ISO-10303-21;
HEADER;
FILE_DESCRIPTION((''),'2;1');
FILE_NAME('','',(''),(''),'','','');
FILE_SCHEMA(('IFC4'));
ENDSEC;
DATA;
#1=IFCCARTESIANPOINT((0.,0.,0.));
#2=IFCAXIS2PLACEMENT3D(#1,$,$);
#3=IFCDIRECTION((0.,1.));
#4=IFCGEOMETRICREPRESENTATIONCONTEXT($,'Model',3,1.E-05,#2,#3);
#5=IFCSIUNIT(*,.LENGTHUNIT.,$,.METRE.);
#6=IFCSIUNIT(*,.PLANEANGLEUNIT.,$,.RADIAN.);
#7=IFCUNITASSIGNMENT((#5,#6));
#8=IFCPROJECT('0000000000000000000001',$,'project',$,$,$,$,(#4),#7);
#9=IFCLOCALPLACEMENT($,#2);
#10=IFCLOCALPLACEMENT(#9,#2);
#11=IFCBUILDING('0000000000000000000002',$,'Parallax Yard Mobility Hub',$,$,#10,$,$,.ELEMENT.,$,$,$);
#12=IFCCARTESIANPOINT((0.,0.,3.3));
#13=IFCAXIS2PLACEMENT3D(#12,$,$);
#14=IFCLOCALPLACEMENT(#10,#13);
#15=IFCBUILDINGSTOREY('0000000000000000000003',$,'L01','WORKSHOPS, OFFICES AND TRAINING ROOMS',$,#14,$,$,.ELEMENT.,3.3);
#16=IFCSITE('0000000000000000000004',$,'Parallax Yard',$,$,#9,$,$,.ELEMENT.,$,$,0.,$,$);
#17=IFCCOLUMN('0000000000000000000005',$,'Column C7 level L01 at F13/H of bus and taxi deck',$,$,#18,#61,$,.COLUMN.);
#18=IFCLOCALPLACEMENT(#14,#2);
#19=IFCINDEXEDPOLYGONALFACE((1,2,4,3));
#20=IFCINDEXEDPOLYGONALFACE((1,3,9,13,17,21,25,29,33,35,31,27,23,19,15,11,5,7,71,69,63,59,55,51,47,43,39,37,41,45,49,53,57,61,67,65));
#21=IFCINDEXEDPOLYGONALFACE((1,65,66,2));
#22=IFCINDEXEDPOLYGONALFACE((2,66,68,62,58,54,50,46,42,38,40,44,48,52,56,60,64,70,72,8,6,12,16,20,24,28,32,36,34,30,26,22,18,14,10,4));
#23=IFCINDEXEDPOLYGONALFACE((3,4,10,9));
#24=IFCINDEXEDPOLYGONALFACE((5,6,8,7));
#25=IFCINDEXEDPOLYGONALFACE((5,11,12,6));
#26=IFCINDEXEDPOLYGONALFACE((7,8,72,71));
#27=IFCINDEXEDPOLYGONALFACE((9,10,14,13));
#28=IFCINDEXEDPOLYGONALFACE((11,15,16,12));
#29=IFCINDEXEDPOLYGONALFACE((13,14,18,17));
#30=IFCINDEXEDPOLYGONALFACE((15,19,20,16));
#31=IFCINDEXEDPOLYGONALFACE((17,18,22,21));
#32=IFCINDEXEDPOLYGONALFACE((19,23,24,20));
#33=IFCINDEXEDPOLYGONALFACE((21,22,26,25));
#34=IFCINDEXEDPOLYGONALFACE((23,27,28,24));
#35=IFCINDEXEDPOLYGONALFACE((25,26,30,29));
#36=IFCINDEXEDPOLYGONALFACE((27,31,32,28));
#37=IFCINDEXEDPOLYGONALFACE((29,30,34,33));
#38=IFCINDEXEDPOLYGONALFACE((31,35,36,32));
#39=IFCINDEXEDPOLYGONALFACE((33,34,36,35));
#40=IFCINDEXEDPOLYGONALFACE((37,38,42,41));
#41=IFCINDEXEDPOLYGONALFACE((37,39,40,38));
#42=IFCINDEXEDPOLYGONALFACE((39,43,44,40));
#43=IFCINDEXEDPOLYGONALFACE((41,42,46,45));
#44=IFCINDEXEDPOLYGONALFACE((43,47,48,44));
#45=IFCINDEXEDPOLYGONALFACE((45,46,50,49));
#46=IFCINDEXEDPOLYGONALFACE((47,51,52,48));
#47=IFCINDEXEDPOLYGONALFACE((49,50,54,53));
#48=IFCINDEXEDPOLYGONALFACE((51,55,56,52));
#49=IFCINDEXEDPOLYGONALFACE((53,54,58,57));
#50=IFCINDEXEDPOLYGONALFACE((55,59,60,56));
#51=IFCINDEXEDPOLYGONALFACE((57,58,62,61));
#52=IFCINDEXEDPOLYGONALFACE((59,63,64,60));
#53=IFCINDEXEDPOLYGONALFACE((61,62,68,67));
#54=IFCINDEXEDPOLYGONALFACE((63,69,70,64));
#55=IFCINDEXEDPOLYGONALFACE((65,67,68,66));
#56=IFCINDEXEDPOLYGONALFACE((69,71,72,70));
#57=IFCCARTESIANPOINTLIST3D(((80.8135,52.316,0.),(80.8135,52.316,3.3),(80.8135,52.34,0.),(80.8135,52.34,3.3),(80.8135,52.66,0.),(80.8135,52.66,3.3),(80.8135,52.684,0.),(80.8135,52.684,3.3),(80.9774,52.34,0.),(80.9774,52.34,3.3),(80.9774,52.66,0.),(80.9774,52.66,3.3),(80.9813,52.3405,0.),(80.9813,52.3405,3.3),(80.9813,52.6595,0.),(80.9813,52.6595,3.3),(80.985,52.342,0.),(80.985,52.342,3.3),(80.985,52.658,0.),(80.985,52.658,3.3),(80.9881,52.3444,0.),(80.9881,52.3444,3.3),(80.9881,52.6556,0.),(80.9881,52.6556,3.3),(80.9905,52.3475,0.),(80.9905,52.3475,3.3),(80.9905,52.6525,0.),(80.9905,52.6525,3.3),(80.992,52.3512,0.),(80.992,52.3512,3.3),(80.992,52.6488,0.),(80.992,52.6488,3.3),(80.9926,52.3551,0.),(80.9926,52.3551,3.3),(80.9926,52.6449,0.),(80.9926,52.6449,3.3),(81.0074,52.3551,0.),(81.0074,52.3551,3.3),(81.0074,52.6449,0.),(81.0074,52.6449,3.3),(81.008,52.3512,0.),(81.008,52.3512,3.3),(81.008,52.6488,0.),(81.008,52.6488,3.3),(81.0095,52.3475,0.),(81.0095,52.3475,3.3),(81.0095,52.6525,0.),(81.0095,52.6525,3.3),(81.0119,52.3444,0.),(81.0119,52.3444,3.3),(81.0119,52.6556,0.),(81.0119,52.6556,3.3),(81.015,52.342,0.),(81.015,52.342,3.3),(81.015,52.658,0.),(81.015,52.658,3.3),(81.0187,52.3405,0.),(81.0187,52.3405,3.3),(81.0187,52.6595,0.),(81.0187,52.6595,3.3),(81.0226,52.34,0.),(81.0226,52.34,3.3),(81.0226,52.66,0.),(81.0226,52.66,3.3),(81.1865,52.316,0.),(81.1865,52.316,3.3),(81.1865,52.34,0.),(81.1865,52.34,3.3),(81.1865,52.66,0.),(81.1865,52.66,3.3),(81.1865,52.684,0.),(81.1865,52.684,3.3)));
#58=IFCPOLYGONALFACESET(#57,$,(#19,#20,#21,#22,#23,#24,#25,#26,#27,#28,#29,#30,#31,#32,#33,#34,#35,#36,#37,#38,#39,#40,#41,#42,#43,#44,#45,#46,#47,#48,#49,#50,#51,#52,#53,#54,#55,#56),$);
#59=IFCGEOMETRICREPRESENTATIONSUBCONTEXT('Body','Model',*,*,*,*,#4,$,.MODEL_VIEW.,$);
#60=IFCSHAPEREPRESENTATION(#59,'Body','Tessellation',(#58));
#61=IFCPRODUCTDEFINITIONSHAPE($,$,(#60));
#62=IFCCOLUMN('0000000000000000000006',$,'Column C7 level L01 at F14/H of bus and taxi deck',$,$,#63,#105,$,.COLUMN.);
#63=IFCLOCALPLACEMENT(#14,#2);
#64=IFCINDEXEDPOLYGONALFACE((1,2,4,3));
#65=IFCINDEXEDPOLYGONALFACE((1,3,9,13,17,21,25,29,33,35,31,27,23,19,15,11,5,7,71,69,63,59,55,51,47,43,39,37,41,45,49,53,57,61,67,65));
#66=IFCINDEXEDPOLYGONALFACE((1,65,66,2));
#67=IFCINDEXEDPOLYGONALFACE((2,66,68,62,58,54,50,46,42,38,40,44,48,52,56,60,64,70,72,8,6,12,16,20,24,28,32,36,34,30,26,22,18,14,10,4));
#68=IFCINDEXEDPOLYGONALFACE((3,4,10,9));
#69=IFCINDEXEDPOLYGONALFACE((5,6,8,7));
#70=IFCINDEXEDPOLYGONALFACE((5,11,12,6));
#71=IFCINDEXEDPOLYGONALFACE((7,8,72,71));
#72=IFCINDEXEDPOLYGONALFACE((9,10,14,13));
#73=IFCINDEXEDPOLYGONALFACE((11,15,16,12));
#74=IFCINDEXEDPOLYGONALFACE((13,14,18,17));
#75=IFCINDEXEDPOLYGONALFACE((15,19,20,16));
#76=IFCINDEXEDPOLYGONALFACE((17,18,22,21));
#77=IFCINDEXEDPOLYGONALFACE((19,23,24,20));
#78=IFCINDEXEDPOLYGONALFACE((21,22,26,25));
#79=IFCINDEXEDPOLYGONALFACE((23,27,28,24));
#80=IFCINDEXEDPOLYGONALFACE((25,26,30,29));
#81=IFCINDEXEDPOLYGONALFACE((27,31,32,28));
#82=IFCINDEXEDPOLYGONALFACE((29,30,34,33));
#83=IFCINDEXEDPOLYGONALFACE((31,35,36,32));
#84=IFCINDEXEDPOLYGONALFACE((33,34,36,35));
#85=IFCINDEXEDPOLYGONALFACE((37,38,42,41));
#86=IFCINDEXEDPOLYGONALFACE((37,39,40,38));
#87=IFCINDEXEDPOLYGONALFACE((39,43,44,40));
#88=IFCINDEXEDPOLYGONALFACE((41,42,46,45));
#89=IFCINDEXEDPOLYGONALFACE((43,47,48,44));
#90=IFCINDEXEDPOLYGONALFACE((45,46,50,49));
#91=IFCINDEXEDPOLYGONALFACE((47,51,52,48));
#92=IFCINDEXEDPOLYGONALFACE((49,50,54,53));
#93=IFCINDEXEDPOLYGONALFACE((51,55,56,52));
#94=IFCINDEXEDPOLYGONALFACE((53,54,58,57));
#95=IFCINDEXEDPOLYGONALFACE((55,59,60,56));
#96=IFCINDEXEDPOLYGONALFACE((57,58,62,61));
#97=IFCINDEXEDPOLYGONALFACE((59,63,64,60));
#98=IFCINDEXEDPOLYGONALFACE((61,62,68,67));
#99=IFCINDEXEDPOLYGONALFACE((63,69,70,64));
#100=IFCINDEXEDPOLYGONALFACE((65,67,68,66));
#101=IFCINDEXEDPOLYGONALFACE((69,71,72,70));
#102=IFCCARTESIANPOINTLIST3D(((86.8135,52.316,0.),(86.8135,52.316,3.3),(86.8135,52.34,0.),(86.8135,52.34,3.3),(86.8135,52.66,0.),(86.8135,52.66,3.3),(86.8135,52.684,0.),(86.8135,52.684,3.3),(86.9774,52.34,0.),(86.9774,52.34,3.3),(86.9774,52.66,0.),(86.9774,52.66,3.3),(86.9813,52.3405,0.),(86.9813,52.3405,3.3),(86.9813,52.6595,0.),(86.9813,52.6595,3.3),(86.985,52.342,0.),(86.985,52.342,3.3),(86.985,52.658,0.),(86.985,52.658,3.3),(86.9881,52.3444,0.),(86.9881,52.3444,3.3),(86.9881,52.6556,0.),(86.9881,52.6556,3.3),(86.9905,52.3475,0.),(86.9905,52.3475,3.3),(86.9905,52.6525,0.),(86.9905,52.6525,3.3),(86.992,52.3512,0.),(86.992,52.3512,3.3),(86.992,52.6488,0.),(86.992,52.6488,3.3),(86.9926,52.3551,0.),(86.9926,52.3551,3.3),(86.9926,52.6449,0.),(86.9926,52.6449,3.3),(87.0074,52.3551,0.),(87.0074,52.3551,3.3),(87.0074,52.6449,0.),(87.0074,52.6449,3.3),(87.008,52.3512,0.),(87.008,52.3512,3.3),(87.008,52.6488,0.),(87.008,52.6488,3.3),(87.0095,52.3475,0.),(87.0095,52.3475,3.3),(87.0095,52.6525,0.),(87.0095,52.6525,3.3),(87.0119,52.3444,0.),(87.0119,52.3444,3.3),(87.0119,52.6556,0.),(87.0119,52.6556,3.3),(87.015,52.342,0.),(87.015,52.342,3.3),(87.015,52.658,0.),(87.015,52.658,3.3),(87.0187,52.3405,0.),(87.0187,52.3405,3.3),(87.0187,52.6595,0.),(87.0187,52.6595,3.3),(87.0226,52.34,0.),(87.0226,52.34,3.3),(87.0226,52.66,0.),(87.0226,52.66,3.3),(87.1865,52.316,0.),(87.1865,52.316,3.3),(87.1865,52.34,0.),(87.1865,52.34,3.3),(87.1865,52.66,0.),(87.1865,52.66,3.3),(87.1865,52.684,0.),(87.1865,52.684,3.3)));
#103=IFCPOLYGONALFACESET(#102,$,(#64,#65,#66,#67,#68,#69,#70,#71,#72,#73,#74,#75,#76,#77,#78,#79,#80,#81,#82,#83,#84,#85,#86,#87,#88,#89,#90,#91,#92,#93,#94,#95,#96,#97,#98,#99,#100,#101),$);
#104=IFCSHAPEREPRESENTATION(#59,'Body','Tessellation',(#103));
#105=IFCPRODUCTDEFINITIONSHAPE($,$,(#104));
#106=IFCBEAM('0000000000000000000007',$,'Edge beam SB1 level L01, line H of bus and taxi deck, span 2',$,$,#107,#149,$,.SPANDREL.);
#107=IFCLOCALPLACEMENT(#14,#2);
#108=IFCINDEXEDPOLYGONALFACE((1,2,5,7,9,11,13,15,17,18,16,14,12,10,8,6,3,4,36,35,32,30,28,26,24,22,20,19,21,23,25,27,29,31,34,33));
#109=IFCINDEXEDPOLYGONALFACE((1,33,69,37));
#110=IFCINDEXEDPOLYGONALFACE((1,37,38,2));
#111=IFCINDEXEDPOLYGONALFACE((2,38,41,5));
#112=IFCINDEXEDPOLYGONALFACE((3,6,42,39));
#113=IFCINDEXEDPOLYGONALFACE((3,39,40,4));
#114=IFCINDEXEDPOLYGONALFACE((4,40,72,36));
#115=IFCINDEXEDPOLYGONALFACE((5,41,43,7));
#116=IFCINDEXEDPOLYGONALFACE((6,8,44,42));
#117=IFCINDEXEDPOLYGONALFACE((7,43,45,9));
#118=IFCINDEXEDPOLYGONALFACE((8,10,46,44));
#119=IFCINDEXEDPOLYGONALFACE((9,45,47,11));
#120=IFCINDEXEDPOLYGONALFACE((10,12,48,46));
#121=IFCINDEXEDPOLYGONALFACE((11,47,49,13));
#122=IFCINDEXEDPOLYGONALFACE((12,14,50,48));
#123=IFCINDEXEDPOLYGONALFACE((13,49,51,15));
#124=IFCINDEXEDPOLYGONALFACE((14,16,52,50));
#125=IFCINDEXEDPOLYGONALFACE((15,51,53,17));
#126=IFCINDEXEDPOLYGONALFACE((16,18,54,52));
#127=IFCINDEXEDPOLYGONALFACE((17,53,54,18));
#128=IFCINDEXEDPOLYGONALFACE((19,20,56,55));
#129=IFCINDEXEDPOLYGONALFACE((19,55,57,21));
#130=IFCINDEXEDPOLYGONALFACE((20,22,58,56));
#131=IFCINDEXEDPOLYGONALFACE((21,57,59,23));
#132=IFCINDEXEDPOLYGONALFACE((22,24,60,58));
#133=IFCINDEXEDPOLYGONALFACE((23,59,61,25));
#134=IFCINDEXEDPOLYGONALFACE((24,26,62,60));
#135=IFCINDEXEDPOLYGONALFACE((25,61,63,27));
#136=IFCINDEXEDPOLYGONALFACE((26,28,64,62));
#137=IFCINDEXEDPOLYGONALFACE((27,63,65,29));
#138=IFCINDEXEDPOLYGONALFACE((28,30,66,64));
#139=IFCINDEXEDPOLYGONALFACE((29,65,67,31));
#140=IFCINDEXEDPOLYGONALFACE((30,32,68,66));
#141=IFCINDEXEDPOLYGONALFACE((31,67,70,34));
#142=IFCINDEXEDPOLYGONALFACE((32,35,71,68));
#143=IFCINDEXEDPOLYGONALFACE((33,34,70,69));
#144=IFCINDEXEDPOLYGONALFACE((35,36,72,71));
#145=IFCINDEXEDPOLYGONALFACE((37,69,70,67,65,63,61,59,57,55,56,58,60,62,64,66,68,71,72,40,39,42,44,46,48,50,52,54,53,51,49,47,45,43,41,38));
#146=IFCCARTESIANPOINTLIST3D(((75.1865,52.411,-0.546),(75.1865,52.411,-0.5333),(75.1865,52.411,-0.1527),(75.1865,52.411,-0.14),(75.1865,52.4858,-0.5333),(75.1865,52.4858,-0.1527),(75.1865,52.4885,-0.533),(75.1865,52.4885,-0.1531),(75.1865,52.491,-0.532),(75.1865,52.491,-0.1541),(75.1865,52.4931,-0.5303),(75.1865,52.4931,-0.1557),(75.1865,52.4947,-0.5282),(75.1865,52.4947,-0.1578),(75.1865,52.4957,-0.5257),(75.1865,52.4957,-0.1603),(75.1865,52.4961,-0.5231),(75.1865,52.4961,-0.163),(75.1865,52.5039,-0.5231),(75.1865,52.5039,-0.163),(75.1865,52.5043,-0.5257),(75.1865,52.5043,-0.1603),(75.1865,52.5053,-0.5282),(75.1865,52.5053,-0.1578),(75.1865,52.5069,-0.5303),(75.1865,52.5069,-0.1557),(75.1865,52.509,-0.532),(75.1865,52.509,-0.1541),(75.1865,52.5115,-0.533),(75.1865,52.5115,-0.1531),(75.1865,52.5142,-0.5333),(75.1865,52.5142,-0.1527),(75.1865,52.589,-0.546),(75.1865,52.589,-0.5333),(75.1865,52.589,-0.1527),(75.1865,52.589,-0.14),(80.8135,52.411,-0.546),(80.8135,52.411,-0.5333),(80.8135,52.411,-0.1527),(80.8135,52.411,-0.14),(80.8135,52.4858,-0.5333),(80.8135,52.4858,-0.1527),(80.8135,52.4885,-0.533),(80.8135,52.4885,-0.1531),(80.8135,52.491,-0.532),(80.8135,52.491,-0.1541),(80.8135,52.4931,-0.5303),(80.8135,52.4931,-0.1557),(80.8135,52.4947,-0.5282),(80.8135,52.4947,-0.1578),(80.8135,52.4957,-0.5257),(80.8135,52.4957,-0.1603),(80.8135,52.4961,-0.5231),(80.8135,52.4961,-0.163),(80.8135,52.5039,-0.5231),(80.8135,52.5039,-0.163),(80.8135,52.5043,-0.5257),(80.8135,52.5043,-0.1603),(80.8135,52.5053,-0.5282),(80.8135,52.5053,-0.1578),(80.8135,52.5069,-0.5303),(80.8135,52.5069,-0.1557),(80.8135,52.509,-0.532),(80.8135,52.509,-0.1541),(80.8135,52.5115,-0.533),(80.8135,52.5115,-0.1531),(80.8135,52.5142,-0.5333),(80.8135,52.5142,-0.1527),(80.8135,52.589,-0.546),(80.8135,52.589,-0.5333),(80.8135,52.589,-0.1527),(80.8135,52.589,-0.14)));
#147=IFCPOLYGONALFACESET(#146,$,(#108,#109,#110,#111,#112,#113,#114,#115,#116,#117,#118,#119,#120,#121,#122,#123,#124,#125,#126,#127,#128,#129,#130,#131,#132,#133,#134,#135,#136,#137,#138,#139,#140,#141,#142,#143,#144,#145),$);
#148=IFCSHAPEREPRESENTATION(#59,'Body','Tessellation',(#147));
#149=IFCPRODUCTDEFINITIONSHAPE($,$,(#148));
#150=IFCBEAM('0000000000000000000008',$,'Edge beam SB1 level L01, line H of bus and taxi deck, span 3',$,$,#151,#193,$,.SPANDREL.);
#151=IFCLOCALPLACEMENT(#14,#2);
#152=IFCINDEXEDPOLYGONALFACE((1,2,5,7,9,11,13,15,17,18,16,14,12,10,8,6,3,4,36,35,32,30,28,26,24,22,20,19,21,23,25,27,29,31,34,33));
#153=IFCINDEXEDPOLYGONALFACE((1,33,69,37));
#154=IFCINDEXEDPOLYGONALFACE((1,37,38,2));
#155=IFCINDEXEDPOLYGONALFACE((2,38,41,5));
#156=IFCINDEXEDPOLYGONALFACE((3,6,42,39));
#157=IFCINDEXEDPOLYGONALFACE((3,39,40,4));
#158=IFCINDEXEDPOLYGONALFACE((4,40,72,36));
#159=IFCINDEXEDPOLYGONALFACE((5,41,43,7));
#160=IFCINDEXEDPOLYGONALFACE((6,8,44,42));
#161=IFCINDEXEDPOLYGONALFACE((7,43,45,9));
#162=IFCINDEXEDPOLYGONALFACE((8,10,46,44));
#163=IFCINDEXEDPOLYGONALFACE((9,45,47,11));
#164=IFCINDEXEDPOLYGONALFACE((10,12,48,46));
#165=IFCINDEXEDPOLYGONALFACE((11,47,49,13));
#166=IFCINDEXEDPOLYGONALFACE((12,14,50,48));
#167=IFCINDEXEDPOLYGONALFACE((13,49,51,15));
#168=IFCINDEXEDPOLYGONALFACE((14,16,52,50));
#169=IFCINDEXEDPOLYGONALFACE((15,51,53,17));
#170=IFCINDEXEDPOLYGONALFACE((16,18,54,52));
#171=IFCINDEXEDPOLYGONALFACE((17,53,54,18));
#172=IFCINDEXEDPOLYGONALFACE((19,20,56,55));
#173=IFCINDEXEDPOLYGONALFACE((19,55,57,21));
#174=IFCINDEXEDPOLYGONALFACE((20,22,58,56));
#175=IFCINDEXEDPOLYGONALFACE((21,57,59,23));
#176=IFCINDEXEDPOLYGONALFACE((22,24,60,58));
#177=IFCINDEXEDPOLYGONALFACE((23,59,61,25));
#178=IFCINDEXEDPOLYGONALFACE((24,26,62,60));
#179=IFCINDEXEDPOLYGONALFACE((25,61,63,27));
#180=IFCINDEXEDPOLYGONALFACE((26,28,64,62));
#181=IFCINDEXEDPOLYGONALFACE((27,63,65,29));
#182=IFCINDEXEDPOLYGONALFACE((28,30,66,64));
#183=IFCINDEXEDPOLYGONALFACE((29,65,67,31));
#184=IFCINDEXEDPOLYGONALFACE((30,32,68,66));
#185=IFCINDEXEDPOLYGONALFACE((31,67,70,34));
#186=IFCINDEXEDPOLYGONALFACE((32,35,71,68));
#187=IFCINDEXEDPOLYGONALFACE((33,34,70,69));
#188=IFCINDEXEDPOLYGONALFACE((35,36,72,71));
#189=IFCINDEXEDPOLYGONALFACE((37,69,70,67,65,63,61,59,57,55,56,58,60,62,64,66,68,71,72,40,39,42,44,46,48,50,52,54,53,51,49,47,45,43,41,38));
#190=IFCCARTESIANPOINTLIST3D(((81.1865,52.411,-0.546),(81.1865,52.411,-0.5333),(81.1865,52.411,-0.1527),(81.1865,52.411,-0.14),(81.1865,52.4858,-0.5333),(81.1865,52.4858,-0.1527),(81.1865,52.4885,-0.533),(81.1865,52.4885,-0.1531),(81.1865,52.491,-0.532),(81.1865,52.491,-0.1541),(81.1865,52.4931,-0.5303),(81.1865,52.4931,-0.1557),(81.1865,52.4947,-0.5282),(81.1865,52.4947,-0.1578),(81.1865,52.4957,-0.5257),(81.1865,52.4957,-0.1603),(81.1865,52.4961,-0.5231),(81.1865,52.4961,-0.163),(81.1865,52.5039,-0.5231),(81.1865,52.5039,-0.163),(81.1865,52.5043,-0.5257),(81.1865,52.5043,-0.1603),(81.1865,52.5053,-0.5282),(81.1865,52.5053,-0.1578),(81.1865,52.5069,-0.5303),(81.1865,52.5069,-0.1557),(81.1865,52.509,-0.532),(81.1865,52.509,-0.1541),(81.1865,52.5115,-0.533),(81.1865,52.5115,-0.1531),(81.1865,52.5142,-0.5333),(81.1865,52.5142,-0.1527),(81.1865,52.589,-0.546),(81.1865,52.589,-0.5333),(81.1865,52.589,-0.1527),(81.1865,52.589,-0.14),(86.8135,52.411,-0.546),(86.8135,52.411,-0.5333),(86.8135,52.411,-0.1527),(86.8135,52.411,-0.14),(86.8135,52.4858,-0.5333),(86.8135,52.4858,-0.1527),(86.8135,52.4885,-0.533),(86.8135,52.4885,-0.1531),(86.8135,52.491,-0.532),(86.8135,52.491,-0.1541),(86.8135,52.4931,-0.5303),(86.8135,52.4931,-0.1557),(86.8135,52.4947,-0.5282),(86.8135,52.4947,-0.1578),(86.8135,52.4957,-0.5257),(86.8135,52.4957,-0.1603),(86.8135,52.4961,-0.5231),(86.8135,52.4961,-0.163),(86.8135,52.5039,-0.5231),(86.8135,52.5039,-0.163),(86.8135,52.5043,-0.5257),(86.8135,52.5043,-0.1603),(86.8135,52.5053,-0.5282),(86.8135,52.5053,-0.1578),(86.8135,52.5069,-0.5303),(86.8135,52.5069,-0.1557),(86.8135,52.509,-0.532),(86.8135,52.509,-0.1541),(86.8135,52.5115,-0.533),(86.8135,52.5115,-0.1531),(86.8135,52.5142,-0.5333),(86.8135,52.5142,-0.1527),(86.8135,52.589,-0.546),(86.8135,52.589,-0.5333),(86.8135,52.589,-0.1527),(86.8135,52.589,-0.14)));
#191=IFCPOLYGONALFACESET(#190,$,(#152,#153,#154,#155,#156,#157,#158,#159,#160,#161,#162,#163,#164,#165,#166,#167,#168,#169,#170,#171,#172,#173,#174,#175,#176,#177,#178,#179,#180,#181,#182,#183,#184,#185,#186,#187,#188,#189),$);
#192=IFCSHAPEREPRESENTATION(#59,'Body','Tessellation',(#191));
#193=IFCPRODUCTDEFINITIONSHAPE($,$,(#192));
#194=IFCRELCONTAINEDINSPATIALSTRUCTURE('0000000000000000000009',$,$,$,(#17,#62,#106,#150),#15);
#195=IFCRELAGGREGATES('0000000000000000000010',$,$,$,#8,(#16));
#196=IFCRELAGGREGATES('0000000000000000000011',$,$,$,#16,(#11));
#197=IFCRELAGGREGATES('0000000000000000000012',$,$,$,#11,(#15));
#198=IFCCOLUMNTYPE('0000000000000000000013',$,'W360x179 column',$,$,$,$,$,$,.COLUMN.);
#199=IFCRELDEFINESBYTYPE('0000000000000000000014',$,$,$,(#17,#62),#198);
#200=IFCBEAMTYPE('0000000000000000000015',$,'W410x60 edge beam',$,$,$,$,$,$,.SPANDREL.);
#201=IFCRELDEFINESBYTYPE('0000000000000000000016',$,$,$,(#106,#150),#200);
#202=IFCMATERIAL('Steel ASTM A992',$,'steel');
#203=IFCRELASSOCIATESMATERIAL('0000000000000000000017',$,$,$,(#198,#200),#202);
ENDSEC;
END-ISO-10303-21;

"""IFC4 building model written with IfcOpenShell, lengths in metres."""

from ifc_helpers import new_model, si_unit, direction, frame, origin, origin_2d, place, context, subcontext, project, spatial, i_section, extrude, material, material_profile, profile_set, type_object, element, save


model = new_model("IFC4")

# Units and contexts
model_context = context("Model", 3, precision=1e-05, world=origin(), true_north=direction((0.0, 1.0)))
body_context = subcontext(model_context, "Body", "Model", "MODEL_VIEW")
ifc_project = project(units=[si_unit("LENGTHUNIT", "METRE"), si_unit("PLANEANGLEUNIT", "RADIAN")], contexts=[model_context])

# Site, building, storey
site_placement = place(None, origin())
site = spatial("IfcSite", under=ifc_project, at=site_placement, Name="Parallax Yard", CompositionType="ELEMENT", RefElevation=0.0)
building_placement = place(site_placement, origin())
building = spatial("IfcBuilding", under=site, at=building_placement, Name="Parallax Yard Mobility Hub", CompositionType="ELEMENT")
storey_placement = place(building_placement, frame((0.0, 0.0, 3.3)))
storey = spatial("IfcBuildingStorey", under=building, at=storey_placement, Name="L01", Description="WORKSHOPS, OFFICES AND TRAINING ROOMS", CompositionType="ELEMENT", Elevation=3.3)

# Columns
ifc_material_1 = material(Name="Steel ASTM A992", Category="steel")
ifc_material_profile_1 = material_profile(ifc_material_1, i_section(OverallWidth=0.373, OverallDepth=0.3679, WebThickness=0.0149, FlangeThickness=0.0239, FilletRadius=0.0151, at=origin_2d()), Name="W360x179")
ifc_profile_set_1 = profile_set([ifc_material_profile_1], Name="Steel ASTM A992")
column_type = type_object("IfcColumnType", Name="W360x179 column", PredefinedType="COLUMN", material=ifc_profile_set_1)
for number, where, z_axis, x_axis, name in (
    (1, (81.0, 52.5, 0.0), (0.0, 0.0, 1.0), (1.0, 0.0, 0.0), "Column C7 level L01 at F13/H of bus and taxi deck"),
    (2, (87.0, 52.5, 0.0), (0.0, 0.0, 1.0), (1.0, 0.0, 0.0), "Column C7 level L01 at F14/H of bus and taxi deck"),
):
    element("IfcColumn", number, at=place(storey_placement, frame(where, z_axis=z_axis, x_axis=x_axis)), inside=storey, type_object=column_type, Name=name, PredefinedType="COLUMN", context=body_context, shape_type="SweptSolid", body=[
        extrude(i_section(OverallWidth=0.373, OverallDepth=0.3679, WebThickness=0.0149, FlangeThickness=0.0239, FilletRadius=0.0151, at=origin_2d()), origin(), (0.0, 0.0, 1.0), 3.3),
    ])

# Beams
ifc_material_profile_2 = material_profile(ifc_material_1, i_section(OverallWidth=0.178, OverallDepth=0.406, WebThickness=0.0078, FlangeThickness=0.0127, FilletRadius=0.0103, at=origin_2d()), Name="W410x60")
ifc_profile_set_2 = profile_set([ifc_material_profile_2], Name="Steel ASTM A992")
beam_type = type_object("IfcBeamType", Name="W410x60 edge beam", PredefinedType="SPANDREL", material=ifc_profile_set_2)
for number, where, z_axis, x_axis, name in (
    (3, (75.1865, 52.5, -0.343), (1.0, 0.0, 0.0), (0.0, 1.0, 0.0), "Edge beam SB1 level L01, line H of bus and taxi deck, span 2"),
    (4, (81.1865, 52.5, -0.343), (1.0, 0.0, 0.0), (0.0, 1.0, 0.0), "Edge beam SB1 level L01, line H of bus and taxi deck, span 3"),
):
    element("IfcBeam", number, at=place(storey_placement, frame(where, z_axis=z_axis, x_axis=x_axis)), inside=storey, type_object=beam_type, Name=name, PredefinedType="SPANDREL", context=body_context, shape_type="SweptSolid", body=[
        extrude(i_section(OverallWidth=0.178, OverallDepth=0.406, WebThickness=0.0078, FlangeThickness=0.0127, FilletRadius=0.0103, at=origin_2d()), origin(), (0.0, 0.0, 1.0), 5.627),
    ])

save(model, "model.ifc")
